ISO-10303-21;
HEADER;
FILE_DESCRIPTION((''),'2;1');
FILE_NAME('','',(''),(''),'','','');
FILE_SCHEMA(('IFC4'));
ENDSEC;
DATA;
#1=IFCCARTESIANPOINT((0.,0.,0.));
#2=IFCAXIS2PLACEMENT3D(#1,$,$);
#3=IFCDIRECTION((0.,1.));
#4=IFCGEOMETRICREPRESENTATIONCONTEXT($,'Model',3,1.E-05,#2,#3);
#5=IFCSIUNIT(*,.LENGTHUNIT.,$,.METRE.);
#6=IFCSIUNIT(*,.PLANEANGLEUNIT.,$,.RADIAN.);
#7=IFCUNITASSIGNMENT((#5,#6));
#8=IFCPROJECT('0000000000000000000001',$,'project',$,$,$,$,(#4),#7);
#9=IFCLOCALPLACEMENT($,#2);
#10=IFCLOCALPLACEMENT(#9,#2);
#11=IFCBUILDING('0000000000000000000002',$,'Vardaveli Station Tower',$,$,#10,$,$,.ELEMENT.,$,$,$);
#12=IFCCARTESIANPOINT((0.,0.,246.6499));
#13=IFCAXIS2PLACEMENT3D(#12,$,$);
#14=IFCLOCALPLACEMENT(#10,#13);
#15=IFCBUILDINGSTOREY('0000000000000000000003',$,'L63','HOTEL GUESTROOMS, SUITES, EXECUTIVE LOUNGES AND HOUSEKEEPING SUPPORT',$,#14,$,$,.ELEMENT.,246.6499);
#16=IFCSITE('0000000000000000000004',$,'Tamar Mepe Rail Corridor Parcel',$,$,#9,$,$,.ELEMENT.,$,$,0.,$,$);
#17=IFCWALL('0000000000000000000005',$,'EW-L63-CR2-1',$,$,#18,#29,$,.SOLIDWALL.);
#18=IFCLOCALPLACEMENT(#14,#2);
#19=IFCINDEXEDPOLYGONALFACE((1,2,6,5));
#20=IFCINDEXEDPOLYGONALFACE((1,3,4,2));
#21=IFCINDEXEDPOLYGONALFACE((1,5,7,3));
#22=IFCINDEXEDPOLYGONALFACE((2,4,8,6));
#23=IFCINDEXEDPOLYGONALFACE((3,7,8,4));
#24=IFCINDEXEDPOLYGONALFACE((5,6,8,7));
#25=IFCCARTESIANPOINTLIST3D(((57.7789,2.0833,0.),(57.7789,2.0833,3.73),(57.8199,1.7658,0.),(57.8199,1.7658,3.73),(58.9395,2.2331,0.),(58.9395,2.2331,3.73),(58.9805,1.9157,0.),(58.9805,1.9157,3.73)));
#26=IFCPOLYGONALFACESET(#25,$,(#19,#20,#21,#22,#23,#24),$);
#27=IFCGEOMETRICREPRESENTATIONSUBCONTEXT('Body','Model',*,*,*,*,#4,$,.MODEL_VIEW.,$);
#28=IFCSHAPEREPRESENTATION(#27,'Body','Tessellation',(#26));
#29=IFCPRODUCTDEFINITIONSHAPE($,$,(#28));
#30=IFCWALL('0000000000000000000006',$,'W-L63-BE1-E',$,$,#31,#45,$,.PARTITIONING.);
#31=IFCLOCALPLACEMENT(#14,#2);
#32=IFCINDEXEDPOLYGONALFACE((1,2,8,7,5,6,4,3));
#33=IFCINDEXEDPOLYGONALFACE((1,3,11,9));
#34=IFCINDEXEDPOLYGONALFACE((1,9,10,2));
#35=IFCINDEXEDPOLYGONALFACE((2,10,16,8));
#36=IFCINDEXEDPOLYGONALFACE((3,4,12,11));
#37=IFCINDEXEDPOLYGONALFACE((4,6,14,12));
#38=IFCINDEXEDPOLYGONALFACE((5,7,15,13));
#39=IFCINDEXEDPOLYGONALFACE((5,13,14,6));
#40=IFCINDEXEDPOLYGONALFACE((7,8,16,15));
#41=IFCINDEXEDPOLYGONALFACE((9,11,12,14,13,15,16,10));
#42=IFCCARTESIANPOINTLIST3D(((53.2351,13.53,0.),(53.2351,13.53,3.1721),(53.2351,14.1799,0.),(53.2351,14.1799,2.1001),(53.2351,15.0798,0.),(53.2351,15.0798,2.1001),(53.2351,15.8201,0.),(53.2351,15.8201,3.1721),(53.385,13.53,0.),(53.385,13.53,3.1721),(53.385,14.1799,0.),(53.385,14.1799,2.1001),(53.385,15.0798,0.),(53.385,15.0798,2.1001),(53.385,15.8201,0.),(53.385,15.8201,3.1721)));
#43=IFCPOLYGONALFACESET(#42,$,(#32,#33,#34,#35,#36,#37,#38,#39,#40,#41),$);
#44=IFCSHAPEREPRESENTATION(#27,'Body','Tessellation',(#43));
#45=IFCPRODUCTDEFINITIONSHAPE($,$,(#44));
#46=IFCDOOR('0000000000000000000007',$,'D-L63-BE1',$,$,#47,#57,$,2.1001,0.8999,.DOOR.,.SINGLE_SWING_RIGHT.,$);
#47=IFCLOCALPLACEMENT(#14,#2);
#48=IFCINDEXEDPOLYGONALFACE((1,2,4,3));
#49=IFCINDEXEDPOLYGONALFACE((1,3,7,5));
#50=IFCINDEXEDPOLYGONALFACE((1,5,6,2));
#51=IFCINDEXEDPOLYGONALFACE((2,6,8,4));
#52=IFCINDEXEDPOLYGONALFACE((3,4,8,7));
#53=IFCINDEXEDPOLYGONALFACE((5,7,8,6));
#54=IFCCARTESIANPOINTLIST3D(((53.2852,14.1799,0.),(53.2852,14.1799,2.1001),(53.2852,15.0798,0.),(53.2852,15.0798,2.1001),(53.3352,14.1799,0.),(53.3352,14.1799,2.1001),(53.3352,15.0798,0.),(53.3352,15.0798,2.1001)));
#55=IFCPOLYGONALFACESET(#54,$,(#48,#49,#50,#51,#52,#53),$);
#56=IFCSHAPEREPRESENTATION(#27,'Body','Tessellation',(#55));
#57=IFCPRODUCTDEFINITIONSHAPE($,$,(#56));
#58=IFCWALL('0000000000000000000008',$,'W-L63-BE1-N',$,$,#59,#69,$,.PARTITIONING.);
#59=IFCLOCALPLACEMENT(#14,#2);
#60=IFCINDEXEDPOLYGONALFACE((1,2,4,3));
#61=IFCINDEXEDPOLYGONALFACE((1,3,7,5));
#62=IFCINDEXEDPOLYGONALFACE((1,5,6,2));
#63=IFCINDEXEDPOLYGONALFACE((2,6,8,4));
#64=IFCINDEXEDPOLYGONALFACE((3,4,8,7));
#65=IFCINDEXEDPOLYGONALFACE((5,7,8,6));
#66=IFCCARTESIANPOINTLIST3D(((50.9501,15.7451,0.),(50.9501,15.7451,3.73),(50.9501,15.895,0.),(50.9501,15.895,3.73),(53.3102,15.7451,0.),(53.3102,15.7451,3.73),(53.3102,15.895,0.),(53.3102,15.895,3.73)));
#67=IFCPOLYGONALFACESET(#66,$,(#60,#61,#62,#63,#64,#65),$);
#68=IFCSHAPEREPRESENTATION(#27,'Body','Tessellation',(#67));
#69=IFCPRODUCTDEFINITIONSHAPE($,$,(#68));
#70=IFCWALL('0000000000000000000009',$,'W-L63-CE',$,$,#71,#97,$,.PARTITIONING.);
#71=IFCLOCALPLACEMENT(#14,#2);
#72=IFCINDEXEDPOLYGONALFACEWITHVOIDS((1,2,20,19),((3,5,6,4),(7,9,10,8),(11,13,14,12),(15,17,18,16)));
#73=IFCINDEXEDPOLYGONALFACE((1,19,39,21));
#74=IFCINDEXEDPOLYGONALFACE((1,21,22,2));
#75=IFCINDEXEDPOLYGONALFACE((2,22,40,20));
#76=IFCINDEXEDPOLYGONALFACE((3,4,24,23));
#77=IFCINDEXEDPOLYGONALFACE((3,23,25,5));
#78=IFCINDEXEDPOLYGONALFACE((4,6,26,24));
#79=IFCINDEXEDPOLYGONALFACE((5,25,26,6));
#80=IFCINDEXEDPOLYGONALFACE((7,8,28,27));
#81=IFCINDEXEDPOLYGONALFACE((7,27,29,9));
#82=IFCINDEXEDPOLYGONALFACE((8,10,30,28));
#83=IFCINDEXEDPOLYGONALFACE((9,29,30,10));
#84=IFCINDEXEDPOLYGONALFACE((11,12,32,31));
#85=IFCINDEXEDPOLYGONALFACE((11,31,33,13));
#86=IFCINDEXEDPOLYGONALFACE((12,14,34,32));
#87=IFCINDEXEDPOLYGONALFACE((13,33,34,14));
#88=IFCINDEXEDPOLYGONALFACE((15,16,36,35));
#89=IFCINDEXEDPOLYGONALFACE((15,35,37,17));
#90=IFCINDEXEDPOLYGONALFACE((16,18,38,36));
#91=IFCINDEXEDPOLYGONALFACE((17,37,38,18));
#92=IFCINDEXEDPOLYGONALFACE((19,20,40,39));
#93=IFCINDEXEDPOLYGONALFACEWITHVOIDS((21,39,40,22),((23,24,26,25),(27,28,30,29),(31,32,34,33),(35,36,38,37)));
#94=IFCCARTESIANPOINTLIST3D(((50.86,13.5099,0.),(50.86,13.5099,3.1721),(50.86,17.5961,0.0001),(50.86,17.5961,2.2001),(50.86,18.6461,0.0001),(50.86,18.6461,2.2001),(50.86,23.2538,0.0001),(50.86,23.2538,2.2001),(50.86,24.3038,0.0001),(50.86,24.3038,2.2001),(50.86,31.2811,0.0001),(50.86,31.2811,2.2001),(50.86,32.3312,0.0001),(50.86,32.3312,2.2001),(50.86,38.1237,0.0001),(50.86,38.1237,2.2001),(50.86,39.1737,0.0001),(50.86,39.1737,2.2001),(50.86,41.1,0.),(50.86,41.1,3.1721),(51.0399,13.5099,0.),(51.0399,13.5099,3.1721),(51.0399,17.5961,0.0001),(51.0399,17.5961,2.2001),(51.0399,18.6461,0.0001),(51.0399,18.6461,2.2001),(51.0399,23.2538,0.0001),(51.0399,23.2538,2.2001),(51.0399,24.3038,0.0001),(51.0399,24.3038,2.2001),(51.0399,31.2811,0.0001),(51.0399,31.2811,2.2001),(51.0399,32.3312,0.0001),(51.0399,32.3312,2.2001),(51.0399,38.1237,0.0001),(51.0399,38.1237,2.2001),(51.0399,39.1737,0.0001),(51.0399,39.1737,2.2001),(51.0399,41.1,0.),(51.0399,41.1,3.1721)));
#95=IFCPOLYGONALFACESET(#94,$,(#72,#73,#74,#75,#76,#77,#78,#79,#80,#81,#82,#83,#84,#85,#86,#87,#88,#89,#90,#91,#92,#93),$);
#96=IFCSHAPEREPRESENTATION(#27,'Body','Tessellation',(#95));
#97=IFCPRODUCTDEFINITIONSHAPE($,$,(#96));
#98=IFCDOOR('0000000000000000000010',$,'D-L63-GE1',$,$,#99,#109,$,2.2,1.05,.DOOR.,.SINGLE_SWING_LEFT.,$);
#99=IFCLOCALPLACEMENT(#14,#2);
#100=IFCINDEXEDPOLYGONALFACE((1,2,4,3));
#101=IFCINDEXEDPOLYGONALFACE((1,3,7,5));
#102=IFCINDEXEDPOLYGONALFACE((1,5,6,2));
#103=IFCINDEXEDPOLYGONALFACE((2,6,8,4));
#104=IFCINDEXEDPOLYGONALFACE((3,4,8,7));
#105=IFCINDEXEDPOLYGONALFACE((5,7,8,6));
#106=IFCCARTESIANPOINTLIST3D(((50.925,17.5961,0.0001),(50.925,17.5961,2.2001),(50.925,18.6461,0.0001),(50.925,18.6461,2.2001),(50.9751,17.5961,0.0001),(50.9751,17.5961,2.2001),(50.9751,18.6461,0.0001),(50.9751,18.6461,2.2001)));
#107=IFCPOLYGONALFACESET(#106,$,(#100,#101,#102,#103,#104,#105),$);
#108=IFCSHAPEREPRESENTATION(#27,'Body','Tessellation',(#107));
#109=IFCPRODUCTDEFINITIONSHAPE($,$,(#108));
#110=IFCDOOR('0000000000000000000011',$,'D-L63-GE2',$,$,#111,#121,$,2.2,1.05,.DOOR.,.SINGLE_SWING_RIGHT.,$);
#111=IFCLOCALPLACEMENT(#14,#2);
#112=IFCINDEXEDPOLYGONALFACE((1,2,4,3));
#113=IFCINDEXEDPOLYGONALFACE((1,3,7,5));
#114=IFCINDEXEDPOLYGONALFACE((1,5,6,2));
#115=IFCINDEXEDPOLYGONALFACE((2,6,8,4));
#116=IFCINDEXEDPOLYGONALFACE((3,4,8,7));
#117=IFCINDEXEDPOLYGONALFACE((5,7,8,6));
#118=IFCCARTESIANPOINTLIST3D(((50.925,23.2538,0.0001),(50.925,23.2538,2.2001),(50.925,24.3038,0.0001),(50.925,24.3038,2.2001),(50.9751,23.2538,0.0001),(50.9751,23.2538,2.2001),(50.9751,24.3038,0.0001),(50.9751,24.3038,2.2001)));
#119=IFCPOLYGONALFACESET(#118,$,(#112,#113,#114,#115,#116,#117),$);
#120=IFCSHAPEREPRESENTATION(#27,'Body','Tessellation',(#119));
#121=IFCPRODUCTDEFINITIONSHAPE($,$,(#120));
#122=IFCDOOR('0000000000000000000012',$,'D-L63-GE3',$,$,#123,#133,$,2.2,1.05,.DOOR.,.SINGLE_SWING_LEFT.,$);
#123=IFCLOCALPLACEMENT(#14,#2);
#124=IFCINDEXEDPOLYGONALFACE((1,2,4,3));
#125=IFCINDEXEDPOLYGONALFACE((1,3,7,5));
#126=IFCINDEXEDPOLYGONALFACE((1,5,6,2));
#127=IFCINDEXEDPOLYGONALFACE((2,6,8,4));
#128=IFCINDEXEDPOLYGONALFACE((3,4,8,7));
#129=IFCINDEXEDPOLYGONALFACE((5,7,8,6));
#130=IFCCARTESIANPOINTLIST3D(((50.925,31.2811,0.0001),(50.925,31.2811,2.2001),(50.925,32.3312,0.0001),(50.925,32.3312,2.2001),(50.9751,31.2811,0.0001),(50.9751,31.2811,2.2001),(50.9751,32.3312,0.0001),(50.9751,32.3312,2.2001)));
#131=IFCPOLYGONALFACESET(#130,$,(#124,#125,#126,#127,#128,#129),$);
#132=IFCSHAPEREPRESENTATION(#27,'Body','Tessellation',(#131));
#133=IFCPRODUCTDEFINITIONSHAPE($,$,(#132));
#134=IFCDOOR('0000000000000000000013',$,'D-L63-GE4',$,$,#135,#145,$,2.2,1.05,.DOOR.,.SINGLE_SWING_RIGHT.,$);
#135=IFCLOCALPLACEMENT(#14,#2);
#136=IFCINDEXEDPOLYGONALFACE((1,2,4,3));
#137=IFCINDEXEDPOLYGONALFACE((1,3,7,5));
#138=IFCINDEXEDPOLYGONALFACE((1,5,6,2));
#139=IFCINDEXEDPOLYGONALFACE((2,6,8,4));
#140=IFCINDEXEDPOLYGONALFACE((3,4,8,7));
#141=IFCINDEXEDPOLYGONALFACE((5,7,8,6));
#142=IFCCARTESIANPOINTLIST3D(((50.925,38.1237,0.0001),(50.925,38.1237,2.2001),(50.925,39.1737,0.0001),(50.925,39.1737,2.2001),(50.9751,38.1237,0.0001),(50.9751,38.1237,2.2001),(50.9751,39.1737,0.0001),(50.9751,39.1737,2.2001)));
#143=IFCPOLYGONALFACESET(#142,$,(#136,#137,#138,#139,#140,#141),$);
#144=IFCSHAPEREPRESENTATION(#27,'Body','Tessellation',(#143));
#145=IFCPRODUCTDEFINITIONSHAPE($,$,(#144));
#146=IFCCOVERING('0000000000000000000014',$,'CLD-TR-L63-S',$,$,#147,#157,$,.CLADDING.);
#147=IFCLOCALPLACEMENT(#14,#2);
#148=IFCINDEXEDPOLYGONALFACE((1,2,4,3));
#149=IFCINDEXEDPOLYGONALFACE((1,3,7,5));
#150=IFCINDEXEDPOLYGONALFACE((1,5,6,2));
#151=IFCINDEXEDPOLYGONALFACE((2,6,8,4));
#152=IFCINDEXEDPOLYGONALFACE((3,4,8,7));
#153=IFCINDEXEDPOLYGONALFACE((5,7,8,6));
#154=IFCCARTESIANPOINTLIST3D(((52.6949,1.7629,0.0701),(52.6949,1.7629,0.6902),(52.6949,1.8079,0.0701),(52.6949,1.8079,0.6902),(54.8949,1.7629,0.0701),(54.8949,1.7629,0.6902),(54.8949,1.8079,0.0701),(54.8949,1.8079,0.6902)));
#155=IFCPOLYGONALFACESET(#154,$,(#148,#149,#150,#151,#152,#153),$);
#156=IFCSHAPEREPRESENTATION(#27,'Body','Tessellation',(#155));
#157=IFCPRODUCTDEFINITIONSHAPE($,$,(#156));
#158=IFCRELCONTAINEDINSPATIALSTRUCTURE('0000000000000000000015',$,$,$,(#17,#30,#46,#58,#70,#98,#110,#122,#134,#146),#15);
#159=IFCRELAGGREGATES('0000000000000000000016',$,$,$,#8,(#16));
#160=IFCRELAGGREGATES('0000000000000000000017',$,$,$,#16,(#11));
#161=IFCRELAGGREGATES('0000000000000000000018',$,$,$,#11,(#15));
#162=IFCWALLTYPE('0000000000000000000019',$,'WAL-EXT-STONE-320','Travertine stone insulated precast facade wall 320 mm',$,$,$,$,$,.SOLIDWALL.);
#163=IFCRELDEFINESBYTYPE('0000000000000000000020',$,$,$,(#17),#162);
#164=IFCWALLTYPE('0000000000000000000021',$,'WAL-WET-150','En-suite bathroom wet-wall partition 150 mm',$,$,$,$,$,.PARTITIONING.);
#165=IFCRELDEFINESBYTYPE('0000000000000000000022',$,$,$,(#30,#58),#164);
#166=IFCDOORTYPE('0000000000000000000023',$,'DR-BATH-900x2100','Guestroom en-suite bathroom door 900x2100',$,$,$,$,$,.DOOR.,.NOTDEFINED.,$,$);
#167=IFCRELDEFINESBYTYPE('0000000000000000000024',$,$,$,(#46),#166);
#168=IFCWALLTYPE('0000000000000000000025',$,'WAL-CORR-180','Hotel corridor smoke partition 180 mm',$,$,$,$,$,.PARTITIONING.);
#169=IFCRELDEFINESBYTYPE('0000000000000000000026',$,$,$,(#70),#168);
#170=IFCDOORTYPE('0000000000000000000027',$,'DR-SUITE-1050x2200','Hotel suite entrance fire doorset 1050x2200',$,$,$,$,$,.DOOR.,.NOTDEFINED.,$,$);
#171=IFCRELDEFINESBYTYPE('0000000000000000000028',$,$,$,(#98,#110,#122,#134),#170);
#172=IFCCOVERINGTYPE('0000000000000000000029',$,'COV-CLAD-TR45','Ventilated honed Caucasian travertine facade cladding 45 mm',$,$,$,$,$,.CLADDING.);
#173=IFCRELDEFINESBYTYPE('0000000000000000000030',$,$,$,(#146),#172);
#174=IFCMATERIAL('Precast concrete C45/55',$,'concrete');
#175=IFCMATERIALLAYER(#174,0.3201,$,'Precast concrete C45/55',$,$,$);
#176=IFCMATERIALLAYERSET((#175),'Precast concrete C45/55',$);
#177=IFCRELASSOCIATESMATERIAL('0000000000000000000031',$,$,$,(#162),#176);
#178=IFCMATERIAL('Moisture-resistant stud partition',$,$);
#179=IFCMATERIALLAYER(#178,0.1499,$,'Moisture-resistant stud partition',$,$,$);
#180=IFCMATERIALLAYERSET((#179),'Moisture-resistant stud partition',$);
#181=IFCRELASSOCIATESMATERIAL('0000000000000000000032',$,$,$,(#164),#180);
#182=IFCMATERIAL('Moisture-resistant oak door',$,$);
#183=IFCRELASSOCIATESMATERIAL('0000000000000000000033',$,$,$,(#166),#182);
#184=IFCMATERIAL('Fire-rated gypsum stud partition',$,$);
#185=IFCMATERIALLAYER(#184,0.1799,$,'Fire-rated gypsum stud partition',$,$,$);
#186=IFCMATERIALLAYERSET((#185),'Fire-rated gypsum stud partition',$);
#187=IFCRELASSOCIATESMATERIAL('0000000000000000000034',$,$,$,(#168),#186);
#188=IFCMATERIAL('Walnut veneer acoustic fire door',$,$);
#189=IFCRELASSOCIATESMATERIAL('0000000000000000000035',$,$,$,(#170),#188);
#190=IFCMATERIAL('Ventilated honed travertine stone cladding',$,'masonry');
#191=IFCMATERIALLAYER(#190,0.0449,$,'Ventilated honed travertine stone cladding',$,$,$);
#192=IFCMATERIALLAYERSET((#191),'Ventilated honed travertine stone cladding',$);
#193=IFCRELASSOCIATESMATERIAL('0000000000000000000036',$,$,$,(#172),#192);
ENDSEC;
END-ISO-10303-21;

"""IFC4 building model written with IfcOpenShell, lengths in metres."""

from ifc_helpers import new_model, si_unit, direction, frame, frame_2d, origin, origin_2d, place, context, subcontext, project, spatial, rectangle, extrude, source, transform, mapped, material, layer, layer_set, type_object, element, fill, save


model = new_model("IFC4")

# Units and contexts
model_context = context("Model", 3, precision=1e-05, world=origin(), true_north=direction((0.0, 1.0)))
body_context = subcontext(model_context, "Body", "Model", "MODEL_VIEW")
ifc_project = project(units=[si_unit("LENGTHUNIT", "METRE"), si_unit("PLANEANGLEUNIT", "RADIAN")], contexts=[model_context])

# Site, building, storey
site_placement = place(None, origin())
site = spatial("IfcSite", under=ifc_project, at=site_placement, Name="Tamar Mepe Rail Corridor Parcel", CompositionType="ELEMENT", RefElevation=0.0)
building_placement = place(site_placement, origin())
building = spatial("IfcBuilding", under=site, at=building_placement, Name="Vardaveli Station Tower", CompositionType="ELEMENT")
storey_placement = place(building_placement, frame((0.0, 0.0, 246.6499)))
storey = spatial("IfcBuildingStorey", under=building, at=storey_placement, Name="L63", Description="HOTEL GUESTROOMS, SUITES, EXECUTIVE LOUNGES AND HOUSEKEEPING SUPPORT", CompositionType="ELEMENT", Elevation=246.6499)

# Shared definitions
ifc_material_1 = material(Name="Precast concrete C45/55", Category="concrete")

# Shared definitions
ifc_layer_1 = layer(ifc_material_1, 0.3201, Name="Precast concrete C45/55")
ifc_layer_set_1 = layer_set([ifc_layer_1], Name="Precast concrete C45/55")
wall_type_1 = type_object("IfcWallType", Name="WAL-EXT-STONE-320", Description="Travertine stone insulated precast facade wall 320 mm", PredefinedType="SOLIDWALL", material=ifc_layer_set_1)

# Wall
shared_shape_1 = source(origin(), body_context, "Body", "SweptSolid", [
    extrude(rectangle(XDim=1.1702, YDim=0.3201, at=frame_2d((0.585, 0.0))), origin(), (0.0, 0.0, 1.0), 3.73),
])
wall_1_placement = place(storey_placement, frame((57.7996, 1.9246, 0.0), z_axis=(0.0, 0.0, 1.0), x_axis=(0.991762, 0.12809, 0.0)))
element("IfcWall", 1, at=wall_1_placement, inside=storey, type_object=wall_type_1, Name="EW-L63-CR2-1", PredefinedType="SOLIDWALL", context=body_context, shape_type="MappedRepresentation", body=[
    mapped(shared_shape_1, transform((0.0, 0.0, 0.0), scale=1.0)),
])

# Wall, opening, door
ifc_material_2 = material(Name="Moisture-resistant stud partition")
ifc_layer_2 = layer(ifc_material_2, 0.1499, Name="Moisture-resistant stud partition")
ifc_layer_set_2 = layer_set([ifc_layer_2], Name="Moisture-resistant stud partition")
wall_type_2 = type_object("IfcWallType", Name="WAL-WET-150", Description="En-suite bathroom wet-wall partition 150 mm", PredefinedType="PARTITIONING", material=ifc_layer_set_2)
shared_shape_2 = source(origin(), body_context, "Body", "SweptSolid", [
    extrude(rectangle(XDim=2.29, YDim=0.1499, at=frame_2d((1.145, 0.0))), origin(), (0.0, 0.0, 1.0), 3.1721),
])
wall_2_placement = place(storey_placement, frame((53.3101, 13.53, 0.0), z_axis=(0.0, 0.0, 1.0), x_axis=(0.0, 1.0, 0.0)))
wall_2 = element("IfcWall", 2, at=wall_2_placement, inside=storey, type_object=wall_type_2, Name="W-L63-BE1-E", PredefinedType="PARTITIONING", context=body_context, shape_type="MappedRepresentation", body=[
    mapped(shared_shape_2, transform((0.0, 0.0, 0.0), scale=1.0)),
])
shared_shape_3 = source(origin(), body_context, "Body", "SweptSolid", [
    extrude(rectangle(XDim=0.8999, YDim=2.1001, at=frame_2d((0.45, 1.05))), frame((0.0, 0.085, 0.0), z_axis=(0.0, -1.0, 0.0), x_axis=(1.0, 0.0, 0.0)), (0.0, 0.0, 1.0), 0.1699),
])
opening_1_placement = place(wall_2_placement, frame((0.6499, 0.0, 0.0)))
opening_1 = element("IfcOpeningElement", 3, at=opening_1_placement, cuts=wall_2, PredefinedType="OPENING", context=body_context, shape_type="MappedRepresentation", body=[
    mapped(shared_shape_3, transform((0.0, 0.0, 0.0), scale=1.0)),
])
ifc_material_3 = material(Name="Moisture-resistant oak door")
door_type_1 = type_object("IfcDoorType", Name="DR-BATH-900x2100", Description="Guestroom en-suite bathroom door 900x2100", OperationType="NOTDEFINED", PredefinedType="DOOR", material=ifc_material_3)
shared_shape_4 = source(origin(), body_context, "Body", "SweptSolid", [
    extrude(rectangle(XDim=0.8999, YDim=2.1001, at=frame_2d((0.45, 1.05))), frame((0.0, 0.0249, 0.0), z_axis=(0.0, -1.0, 0.0), x_axis=(1.0, 0.0, 0.0)), (0.0, 0.0, 1.0), 0.05),
])
door_1_placement = place(opening_1_placement, origin())
door_1 = element("IfcDoor", 4, at=door_1_placement, inside=storey, type_object=door_type_1, Name="D-L63-BE1", OperationType="SINGLE_SWING_RIGHT", OverallHeight=2.1001, OverallWidth=0.8999, PredefinedType="DOOR", context=body_context, shape_type="MappedRepresentation", body=[
    mapped(shared_shape_4, transform((0.0, 0.0, 0.0), scale=1.0)),
])
fill(opening_1, door_1)

# Wall
shared_shape_5 = source(origin(), body_context, "Body", "SweptSolid", [
    extrude(rectangle(XDim=2.3601, YDim=0.1499, at=frame_2d((1.1802, 0.0))), origin(), (0.0, 0.0, 1.0), 3.73),
])
wall_3_placement = place(storey_placement, frame((50.95, 15.8201, 0.0), z_axis=(0.0, 0.0, 1.0), x_axis=(1.0, 0.0, 0.0)))
element("IfcWall", 5, at=wall_3_placement, inside=storey, type_object=wall_type_2, Name="W-L63-BE1-N", PredefinedType="PARTITIONING", context=body_context, shape_type="MappedRepresentation", body=[
    mapped(shared_shape_5, transform((0.0, 0.0, 0.0), scale=1.0)),
])

# Wall, openings, doors
ifc_material_4 = material(Name="Fire-rated gypsum stud partition")
ifc_layer_3 = layer(ifc_material_4, 0.1799, Name="Fire-rated gypsum stud partition")
ifc_layer_set_3 = layer_set([ifc_layer_3], Name="Fire-rated gypsum stud partition")
wall_type_3 = type_object("IfcWallType", Name="WAL-CORR-180", Description="Hotel corridor smoke partition 180 mm", PredefinedType="PARTITIONING", material=ifc_layer_set_3)
shared_shape_6 = source(origin(), body_context, "Body", "SweptSolid", [
    extrude(rectangle(XDim=27.5901, YDim=0.1799, at=frame_2d((13.7949, 0.0))), origin(), (0.0, 0.0, 1.0), 3.1721),
])
wall_4_placement = place(storey_placement, frame((50.95, 13.51, 0.0), z_axis=(0.0, 0.0, 1.0), x_axis=(0.0, 1.0, 0.0)))
wall_4 = element("IfcWall", 6, at=wall_4_placement, inside=storey, type_object=wall_type_3, Name="W-L63-CE", PredefinedType="PARTITIONING", context=body_context, shape_type="MappedRepresentation", body=[
    mapped(shared_shape_6, transform((0.0, 0.0, 0.0), scale=1.0)),
])
shared_shape_7 = source(origin(), body_context, "Body", "SweptSolid", [
    extrude(rectangle(XDim=1.05, YDim=2.2, at=frame_2d((0.5249, 1.1001))), frame((0.0, 0.1001, 0.0), z_axis=(0.0, -1.0, 0.0), x_axis=(1.0, 0.0, 0.0)), (0.0, 0.0, 1.0), 0.2),
])
opening_2_placement = place(wall_4_placement, frame((4.0862, 0.0, 0.0)))
opening_2 = element("IfcOpeningElement", 7, at=opening_2_placement, cuts=wall_4, PredefinedType="OPENING", context=body_context, shape_type="MappedRepresentation", body=[
    mapped(shared_shape_7, transform((0.0, 0.0, 0.0), scale=1.0)),
])
opening_3_placement = place(wall_4_placement, frame((9.7439, 0.0, 0.0)))
opening_3 = element("IfcOpeningElement", 8, at=opening_3_placement, cuts=wall_4, PredefinedType="OPENING", context=body_context, shape_type="MappedRepresentation", body=[
    mapped(shared_shape_7, transform((0.0, 0.0, 0.0), scale=1.0)),
])
opening_4_placement = place(wall_4_placement, frame((17.7712, 0.0, 0.0)))
opening_4 = element("IfcOpeningElement", 9, at=opening_4_placement, cuts=wall_4, PredefinedType="OPENING", context=body_context, shape_type="MappedRepresentation", body=[
    mapped(shared_shape_7, transform((0.0, 0.0, 0.0), scale=1.0)),
])
opening_5_placement = place(wall_4_placement, frame((24.6138, 0.0, 0.0)))
opening_5 = element("IfcOpeningElement", 10, at=opening_5_placement, cuts=wall_4, PredefinedType="OPENING", context=body_context, shape_type="MappedRepresentation", body=[
    mapped(shared_shape_7, transform((0.0, 0.0, 0.0), scale=1.0)),
])
ifc_material_5 = material(Name="Walnut veneer acoustic fire door")
door_type_2 = type_object("IfcDoorType", Name="DR-SUITE-1050x2200", Description="Hotel suite entrance fire doorset 1050x2200", OperationType="NOTDEFINED", PredefinedType="DOOR", material=ifc_material_5)
shared_shape_8 = source(origin(), body_context, "Body", "SweptSolid", [
    extrude(rectangle(XDim=1.05, YDim=2.2, at=frame_2d((0.5249, 1.1001))), frame((0.0, 0.0249, 0.0), z_axis=(0.0, -1.0, 0.0), x_axis=(1.0, 0.0, 0.0)), (0.0, 0.0, 1.0), 0.05),
])
door_2_placement = place(opening_2_placement, origin())
door_2 = element("IfcDoor", 11, at=door_2_placement, inside=storey, type_object=door_type_2, Name="D-L63-GE1", OperationType="SINGLE_SWING_LEFT", OverallHeight=2.2, OverallWidth=1.05, PredefinedType="DOOR", context=body_context, shape_type="MappedRepresentation", body=[
    mapped(shared_shape_8, transform((0.0, 0.0, 0.0), scale=1.0)),
])
fill(opening_2, door_2)
door_3_placement = place(opening_3_placement, origin())
door_3 = element("IfcDoor", 12, at=door_3_placement, inside=storey, type_object=door_type_2, Name="D-L63-GE2", OperationType="SINGLE_SWING_RIGHT", OverallHeight=2.2, OverallWidth=1.05, PredefinedType="DOOR", context=body_context, shape_type="MappedRepresentation", body=[
    mapped(shared_shape_8, transform((0.0, 0.0, 0.0), scale=1.0)),
])
fill(opening_3, door_3)
door_4_placement = place(opening_4_placement, origin())
door_4 = element("IfcDoor", 13, at=door_4_placement, inside=storey, type_object=door_type_2, Name="D-L63-GE3", OperationType="SINGLE_SWING_LEFT", OverallHeight=2.2, OverallWidth=1.05, PredefinedType="DOOR", context=body_context, shape_type="MappedRepresentation", body=[
    mapped(shared_shape_8, transform((0.0, 0.0, 0.0), scale=1.0)),
])
fill(opening_4, door_4)
door_5_placement = place(opening_5_placement, origin())
door_5 = element("IfcDoor", 14, at=door_5_placement, inside=storey, type_object=door_type_2, Name="D-L63-GE4", OperationType="SINGLE_SWING_RIGHT", OverallHeight=2.2, OverallWidth=1.05, PredefinedType="DOOR", context=body_context, shape_type="MappedRepresentation", body=[
    mapped(shared_shape_8, transform((0.0, 0.0, 0.0), scale=1.0)),
])
fill(opening_5, door_5)

# Covering
ifc_material_6 = material(Name="Ventilated honed travertine stone cladding", Category="masonry")
ifc_layer_4 = layer(ifc_material_6, 0.0449, Name="Ventilated honed travertine stone cladding")
ifc_layer_set_4 = layer_set([ifc_layer_4], Name="Ventilated honed travertine stone cladding")
covering_type = type_object("IfcCoveringType", Name="COV-CLAD-TR45", Description="Ventilated honed Caucasian travertine facade cladding 45 mm", PredefinedType="CLADDING", material=ifc_layer_set_4)
shared_shape_9 = source(origin(), body_context, "Body", "SweptSolid", [
    extrude(rectangle(XDim=2.2, YDim=0.0449, at=origin_2d()), origin(), (0.0, 0.0, 1.0), 0.6201),
])
covering_placement = place(storey_placement, frame((53.7949, 1.7854, 0.0701), z_axis=(0.0, 0.0, 1.0), x_axis=(1.0, 0.0, 0.0)))
element("IfcCovering", 15, at=covering_placement, inside=storey, type_object=covering_type, Name="CLD-TR-L63-S", PredefinedType="CLADDING", context=body_context, shape_type="MappedRepresentation", body=[
    mapped(shared_shape_9, transform((0.0, 0.0, 0.0), scale=1.0)),
])

save(model, "model.ifc")
